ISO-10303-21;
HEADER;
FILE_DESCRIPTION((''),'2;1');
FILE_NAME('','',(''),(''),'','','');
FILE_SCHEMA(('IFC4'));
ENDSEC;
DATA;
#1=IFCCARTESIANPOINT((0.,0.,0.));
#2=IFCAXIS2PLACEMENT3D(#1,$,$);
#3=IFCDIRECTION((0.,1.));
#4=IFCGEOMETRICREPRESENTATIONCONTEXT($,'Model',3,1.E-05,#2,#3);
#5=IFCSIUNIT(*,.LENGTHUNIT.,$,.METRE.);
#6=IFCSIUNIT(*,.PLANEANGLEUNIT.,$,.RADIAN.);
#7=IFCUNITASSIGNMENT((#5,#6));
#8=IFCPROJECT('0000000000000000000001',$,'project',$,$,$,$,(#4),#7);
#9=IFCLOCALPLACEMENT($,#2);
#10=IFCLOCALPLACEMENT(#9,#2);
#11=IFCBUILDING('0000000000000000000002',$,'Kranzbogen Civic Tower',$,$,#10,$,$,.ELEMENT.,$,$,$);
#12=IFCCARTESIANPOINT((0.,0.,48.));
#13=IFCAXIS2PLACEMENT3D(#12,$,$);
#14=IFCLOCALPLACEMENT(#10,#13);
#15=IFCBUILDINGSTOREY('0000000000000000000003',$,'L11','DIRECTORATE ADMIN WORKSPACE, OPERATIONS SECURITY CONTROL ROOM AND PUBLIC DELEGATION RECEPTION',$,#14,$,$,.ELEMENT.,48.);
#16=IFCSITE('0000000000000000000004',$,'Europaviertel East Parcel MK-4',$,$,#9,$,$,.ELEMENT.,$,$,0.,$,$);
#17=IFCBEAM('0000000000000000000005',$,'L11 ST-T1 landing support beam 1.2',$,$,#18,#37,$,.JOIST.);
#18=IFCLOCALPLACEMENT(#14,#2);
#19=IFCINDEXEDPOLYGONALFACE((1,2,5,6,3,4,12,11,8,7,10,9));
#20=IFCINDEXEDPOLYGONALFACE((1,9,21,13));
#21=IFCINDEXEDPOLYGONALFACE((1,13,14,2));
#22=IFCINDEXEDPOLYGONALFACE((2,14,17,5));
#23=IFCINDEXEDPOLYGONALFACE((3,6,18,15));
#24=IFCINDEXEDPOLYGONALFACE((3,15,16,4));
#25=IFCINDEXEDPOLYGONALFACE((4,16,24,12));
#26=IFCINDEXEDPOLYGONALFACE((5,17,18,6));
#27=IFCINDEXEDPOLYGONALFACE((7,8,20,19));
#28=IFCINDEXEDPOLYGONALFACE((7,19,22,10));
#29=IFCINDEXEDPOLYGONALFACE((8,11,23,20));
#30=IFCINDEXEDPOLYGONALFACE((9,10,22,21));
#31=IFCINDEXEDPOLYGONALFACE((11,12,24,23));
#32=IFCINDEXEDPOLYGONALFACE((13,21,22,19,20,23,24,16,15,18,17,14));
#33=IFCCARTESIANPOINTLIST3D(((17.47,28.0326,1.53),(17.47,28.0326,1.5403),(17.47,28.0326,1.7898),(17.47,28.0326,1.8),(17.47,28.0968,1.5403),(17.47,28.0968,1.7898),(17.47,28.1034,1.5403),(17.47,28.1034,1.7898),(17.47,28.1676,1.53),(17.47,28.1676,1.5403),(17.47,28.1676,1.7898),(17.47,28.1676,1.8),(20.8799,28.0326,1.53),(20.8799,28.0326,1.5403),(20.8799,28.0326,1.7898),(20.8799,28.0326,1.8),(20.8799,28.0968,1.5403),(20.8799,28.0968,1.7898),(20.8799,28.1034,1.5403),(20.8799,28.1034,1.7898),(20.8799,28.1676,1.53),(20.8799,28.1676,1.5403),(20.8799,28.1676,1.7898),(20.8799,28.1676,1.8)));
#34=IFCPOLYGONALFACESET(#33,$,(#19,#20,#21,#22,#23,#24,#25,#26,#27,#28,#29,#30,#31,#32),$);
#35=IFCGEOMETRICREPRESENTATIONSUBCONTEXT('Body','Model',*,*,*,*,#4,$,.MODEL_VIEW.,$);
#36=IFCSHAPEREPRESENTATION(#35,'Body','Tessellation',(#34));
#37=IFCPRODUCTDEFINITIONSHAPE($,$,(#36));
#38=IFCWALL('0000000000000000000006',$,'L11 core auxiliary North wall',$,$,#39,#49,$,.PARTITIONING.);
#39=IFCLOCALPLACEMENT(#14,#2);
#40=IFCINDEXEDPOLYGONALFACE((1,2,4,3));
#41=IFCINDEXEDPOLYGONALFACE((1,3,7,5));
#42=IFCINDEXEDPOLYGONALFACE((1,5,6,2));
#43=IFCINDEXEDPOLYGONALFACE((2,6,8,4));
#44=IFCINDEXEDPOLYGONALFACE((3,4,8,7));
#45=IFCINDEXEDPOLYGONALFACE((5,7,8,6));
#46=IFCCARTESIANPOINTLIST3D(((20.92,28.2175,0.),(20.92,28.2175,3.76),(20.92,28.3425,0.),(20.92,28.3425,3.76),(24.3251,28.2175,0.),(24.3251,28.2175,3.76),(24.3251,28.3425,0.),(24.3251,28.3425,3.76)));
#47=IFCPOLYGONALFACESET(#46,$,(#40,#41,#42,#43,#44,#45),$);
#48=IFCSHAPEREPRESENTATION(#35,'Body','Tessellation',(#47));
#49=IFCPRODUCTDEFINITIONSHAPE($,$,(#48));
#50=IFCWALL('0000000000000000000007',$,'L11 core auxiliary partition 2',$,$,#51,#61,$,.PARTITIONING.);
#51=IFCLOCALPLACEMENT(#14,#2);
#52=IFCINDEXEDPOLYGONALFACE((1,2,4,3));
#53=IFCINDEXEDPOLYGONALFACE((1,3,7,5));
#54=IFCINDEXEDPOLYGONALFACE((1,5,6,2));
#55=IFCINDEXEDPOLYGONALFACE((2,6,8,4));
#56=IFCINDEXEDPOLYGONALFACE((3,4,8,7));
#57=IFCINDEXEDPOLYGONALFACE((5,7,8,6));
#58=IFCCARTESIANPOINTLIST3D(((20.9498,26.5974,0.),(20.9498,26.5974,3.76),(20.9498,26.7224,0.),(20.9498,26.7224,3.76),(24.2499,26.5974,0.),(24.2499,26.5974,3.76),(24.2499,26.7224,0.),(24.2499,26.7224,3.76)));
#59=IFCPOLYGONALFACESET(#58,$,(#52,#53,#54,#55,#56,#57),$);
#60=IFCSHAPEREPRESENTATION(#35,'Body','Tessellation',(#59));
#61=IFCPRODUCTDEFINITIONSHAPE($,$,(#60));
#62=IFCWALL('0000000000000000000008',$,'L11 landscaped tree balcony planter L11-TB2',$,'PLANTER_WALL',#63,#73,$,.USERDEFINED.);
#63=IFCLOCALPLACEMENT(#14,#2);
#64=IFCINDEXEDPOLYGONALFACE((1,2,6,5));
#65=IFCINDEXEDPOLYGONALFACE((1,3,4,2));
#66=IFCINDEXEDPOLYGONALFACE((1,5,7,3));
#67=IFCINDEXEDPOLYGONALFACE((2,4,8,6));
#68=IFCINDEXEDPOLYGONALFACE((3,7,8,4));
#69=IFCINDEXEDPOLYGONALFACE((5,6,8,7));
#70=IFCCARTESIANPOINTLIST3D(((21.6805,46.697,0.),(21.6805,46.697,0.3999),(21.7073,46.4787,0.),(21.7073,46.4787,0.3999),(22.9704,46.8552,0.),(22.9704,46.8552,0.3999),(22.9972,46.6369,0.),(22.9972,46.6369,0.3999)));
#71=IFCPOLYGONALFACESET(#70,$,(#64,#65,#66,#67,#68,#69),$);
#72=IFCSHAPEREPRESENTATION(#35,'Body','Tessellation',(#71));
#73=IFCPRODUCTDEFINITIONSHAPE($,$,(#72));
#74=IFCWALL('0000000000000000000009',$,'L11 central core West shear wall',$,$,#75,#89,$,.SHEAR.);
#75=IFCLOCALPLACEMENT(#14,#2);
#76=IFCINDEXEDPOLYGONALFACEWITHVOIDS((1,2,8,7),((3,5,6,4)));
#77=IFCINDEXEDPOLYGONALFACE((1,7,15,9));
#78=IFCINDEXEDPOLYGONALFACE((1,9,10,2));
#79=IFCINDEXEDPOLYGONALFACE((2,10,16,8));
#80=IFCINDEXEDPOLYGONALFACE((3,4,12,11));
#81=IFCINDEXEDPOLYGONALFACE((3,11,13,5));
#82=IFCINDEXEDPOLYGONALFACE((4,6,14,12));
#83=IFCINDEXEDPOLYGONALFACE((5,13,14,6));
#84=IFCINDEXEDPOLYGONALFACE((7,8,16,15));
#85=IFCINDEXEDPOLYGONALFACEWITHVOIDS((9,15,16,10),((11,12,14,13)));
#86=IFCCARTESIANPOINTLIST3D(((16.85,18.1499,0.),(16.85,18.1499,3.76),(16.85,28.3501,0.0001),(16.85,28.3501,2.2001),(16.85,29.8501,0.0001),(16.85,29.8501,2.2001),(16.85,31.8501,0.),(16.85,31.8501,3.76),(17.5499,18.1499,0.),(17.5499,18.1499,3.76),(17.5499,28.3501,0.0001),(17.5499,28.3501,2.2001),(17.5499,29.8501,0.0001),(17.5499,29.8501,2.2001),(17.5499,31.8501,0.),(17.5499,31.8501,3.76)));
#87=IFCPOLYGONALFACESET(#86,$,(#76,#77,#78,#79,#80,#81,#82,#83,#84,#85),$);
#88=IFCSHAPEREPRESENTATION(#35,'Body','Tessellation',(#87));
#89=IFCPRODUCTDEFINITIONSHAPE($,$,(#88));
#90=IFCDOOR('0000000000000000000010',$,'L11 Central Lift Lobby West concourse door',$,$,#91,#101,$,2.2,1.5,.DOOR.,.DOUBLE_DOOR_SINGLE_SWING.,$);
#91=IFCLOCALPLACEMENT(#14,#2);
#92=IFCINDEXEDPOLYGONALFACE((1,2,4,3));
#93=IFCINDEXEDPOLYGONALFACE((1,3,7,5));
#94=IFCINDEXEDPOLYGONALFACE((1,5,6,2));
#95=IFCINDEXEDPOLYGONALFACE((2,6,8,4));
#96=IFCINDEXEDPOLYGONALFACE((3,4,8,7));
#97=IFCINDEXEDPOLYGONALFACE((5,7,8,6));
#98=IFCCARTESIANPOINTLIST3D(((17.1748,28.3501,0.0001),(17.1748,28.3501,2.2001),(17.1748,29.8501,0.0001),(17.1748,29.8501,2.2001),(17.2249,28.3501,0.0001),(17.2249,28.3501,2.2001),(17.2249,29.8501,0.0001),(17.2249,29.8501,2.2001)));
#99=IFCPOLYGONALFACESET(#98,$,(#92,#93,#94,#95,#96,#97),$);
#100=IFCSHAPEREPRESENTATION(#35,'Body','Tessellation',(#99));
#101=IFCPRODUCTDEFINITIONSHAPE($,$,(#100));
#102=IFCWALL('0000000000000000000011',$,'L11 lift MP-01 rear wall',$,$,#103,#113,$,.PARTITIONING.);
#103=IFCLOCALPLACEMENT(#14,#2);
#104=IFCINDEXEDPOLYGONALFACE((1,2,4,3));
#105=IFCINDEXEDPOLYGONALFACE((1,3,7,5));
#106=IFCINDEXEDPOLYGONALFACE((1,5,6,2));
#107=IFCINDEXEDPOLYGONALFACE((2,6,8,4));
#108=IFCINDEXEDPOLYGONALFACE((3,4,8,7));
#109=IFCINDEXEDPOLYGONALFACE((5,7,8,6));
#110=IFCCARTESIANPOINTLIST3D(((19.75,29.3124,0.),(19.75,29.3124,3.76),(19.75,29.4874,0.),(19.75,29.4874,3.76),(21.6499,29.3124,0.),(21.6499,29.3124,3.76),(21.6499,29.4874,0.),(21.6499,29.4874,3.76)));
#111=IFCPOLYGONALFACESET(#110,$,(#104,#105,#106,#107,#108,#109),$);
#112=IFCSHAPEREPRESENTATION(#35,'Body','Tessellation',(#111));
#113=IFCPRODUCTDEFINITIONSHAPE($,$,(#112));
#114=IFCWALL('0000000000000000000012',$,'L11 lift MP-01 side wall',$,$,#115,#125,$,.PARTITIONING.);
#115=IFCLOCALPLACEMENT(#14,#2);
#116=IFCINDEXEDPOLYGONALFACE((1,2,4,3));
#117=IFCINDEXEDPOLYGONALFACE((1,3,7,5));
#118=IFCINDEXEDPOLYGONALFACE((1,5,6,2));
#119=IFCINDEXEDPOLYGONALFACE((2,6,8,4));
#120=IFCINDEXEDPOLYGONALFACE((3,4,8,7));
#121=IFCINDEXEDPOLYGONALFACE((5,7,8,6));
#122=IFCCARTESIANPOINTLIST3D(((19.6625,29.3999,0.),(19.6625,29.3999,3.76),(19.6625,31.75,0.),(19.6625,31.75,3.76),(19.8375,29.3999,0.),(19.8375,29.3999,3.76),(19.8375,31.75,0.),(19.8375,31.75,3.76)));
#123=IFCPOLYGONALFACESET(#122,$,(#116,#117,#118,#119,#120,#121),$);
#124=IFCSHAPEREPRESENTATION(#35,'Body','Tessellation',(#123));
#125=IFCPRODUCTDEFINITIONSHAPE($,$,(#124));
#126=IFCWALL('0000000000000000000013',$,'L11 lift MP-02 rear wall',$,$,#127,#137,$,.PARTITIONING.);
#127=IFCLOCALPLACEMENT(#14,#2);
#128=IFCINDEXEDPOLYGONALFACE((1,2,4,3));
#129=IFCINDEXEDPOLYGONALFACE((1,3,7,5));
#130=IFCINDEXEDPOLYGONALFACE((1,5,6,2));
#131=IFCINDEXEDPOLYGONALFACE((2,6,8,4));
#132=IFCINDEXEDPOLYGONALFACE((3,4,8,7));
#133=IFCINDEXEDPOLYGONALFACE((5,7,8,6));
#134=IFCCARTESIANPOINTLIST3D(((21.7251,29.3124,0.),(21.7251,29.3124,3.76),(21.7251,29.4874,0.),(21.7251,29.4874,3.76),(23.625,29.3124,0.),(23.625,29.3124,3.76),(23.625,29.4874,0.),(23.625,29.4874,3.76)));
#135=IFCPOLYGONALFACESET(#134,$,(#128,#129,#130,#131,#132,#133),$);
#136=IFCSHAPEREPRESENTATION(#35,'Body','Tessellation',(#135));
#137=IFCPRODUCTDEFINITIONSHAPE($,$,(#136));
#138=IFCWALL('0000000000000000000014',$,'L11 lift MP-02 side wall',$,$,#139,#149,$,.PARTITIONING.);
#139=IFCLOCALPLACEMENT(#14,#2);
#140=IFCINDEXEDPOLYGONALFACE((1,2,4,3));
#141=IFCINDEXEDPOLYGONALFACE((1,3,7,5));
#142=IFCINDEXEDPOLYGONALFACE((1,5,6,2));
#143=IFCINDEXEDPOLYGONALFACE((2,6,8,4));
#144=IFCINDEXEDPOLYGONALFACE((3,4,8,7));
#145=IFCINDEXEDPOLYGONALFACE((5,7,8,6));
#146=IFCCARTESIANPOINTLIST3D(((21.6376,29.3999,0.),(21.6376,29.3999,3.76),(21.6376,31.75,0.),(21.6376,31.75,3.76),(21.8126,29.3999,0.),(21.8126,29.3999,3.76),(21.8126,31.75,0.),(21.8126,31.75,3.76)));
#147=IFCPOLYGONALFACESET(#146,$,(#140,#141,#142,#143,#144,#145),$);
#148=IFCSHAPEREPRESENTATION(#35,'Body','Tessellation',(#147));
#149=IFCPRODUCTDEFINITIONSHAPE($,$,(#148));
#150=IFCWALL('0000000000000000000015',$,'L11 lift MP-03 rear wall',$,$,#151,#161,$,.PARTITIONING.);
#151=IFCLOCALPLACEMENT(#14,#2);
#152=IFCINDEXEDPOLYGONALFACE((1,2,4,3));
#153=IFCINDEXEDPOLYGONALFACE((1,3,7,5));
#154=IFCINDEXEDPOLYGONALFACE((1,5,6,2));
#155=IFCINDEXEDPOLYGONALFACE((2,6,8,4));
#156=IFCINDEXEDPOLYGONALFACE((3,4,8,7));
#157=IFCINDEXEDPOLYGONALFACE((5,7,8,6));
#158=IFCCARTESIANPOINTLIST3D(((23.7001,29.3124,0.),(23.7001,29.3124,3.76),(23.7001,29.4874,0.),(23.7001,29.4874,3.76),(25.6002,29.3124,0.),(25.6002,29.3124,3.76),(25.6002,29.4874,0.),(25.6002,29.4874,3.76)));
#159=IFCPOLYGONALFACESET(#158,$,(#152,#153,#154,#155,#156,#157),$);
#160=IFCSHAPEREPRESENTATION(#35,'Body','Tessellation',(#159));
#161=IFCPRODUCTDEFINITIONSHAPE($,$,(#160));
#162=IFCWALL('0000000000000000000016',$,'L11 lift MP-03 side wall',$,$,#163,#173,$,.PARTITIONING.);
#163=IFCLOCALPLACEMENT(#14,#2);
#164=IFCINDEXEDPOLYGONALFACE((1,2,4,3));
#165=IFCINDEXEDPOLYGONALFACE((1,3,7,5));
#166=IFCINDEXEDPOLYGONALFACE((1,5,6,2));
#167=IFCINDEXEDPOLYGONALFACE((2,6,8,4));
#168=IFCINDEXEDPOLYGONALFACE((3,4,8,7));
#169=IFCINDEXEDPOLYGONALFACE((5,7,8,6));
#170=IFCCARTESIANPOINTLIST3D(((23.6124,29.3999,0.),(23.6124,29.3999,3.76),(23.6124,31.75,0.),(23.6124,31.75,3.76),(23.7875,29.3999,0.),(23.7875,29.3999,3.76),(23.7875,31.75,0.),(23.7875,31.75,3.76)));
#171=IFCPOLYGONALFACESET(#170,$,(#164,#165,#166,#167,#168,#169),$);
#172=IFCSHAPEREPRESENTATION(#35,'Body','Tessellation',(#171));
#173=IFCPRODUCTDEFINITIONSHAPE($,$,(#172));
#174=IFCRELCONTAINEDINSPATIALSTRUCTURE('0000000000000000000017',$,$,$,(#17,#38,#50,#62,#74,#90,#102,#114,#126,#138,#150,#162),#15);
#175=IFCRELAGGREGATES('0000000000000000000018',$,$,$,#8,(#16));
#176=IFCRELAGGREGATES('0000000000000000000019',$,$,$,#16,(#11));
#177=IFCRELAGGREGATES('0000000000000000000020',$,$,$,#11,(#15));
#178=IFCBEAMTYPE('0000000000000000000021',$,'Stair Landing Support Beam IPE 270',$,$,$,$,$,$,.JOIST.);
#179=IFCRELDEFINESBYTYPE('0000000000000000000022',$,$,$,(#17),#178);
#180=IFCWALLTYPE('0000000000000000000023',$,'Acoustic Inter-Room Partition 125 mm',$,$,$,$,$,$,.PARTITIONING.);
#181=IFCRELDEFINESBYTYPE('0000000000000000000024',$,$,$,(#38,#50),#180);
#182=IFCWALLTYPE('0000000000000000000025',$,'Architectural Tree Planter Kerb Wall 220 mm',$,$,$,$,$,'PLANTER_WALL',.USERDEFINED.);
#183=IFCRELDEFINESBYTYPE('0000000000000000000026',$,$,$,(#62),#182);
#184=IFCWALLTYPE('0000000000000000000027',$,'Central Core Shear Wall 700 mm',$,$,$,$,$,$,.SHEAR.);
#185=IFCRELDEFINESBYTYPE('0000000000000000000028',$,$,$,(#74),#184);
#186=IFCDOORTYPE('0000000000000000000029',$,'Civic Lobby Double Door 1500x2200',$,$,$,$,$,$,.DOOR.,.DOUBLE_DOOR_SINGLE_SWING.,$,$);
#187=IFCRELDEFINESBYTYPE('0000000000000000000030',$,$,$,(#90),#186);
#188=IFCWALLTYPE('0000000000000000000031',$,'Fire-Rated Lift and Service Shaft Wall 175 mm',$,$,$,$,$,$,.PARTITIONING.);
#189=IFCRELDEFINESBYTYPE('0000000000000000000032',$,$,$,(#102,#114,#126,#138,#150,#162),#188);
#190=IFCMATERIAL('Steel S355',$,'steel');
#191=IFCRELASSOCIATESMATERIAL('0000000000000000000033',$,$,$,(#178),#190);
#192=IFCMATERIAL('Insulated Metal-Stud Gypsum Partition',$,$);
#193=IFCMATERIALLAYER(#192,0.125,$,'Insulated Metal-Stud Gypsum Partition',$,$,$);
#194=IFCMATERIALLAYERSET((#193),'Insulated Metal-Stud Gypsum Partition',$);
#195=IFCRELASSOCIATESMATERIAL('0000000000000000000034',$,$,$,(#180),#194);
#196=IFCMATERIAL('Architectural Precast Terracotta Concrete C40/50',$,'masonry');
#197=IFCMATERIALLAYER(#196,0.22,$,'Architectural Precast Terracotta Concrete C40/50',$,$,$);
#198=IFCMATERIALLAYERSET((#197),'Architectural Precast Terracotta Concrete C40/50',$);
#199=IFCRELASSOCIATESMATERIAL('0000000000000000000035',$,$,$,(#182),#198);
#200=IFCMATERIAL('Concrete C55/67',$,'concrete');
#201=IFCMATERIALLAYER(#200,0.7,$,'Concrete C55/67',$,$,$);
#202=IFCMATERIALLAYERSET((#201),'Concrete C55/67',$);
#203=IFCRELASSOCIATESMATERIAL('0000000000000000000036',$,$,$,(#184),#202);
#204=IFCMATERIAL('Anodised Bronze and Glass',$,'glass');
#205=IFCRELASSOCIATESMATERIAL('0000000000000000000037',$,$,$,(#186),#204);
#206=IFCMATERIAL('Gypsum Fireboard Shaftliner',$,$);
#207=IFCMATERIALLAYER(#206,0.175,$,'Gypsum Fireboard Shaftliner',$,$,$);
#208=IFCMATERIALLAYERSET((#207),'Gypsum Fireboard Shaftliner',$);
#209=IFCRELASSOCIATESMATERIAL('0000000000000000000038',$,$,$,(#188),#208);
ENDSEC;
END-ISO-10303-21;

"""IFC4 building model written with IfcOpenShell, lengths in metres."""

from ifc_helpers import new_model, si_unit, direction, frame, frame_2d, origin, origin_2d, place, context, subcontext, project, spatial, rectangle, i_section, extrude, material, layer, layer_set, material_profile, profile_set, type_object, element, fill, save


model = new_model("IFC4")

# Units and contexts
model_context = context("Model", 3, precision=1e-05, world=origin(), true_north=direction((0.0, 1.0)))
body_context = subcontext(model_context, "Body", "Model", "MODEL_VIEW")
ifc_project = project(units=[si_unit("LENGTHUNIT", "METRE"), si_unit("PLANEANGLEUNIT", "RADIAN")], contexts=[model_context])

# Site, building, storey
site_placement = place(None, origin())
site = spatial("IfcSite", under=ifc_project, at=site_placement, Name="Europaviertel East Parcel MK-4", CompositionType="ELEMENT", RefElevation=0.0)
building_placement = place(site_placement, origin())
building = spatial("IfcBuilding", under=site, at=building_placement, Name="Kranzbogen Civic Tower", CompositionType="ELEMENT")
storey_placement = place(building_placement, frame((0.0, 0.0, 48.0)))
storey = spatial("IfcBuildingStorey", under=building, at=storey_placement, Name="L11", Description="DIRECTORATE ADMIN WORKSPACE, OPERATIONS SECURITY CONTROL ROOM AND PUBLIC DELEGATION RECEPTION", CompositionType="ELEMENT", Elevation=48.0)

# Shared definitions
ifc_material_1 = material(Name="Steel S355", Category="steel")

# Beam
ifc_material_profile_1 = material_profile(ifc_material_1, i_section(OverallWidth=0.135, OverallDepth=0.27, WebThickness=0.0066, FlangeThickness=0.0103, at=origin_2d()), Name="IPE 270")
ifc_profile_set_1 = profile_set([ifc_material_profile_1], Name="Steel S355")
beam_type_1 = type_object("IfcBeamType", Name="Stair Landing Support Beam IPE 270", PredefinedType="JOIST", material=ifc_profile_set_1)
for number, where, z_axis, x_axis, name in (
    (1, (20.8799, 28.1001, 1.665), (-1.0, 0.0, 0.0), (0.0, -1.0, 0.0), "L11 ST-T1 landing support beam 1.2"),
):
    element("IfcBeam", number, at=place(storey_placement, frame(where, z_axis=z_axis, x_axis=x_axis)), inside=storey, type_object=beam_type_1, Name=name, PredefinedType="JOIST", context=body_context, shape_type="SweptSolid", body=[
        extrude(i_section(OverallWidth=0.135, OverallDepth=0.27, WebThickness=0.0066, FlangeThickness=0.0103, at=origin_2d()), origin(), (0.0, 0.0, 1.0), 3.4099),
    ])

# Walls
ifc_material_2 = material(Name="Insulated Metal-Stud Gypsum Partition")
ifc_layer_1 = layer(ifc_material_2, 0.125, Name="Insulated Metal-Stud Gypsum Partition")
ifc_layer_set_1 = layer_set([ifc_layer_1], Name="Insulated Metal-Stud Gypsum Partition")
wall_type_1 = type_object("IfcWallType", Name="Acoustic Inter-Room Partition 125 mm", PredefinedType="PARTITIONING", material=ifc_layer_set_1)
wall_1_placement = place(storey_placement, frame((20.9199, 28.28, 0.0), z_axis=(0.0, 0.0, 1.0), x_axis=(1.0, 0.0, 0.0)))
element("IfcWall", 2, at=wall_1_placement, inside=storey, type_object=wall_type_1, Name="L11 core auxiliary North wall", PredefinedType="PARTITIONING", context=body_context, shape_type="SweptSolid", body=[
    extrude(rectangle(XDim=3.405, YDim=0.125, at=frame_2d((1.7026, 0.0))), origin(), (0.0, 0.0, 1.0), 3.76),
])
wall_2_placement = place(storey_placement, frame((20.95, 26.6599, 0.0), z_axis=(0.0, 0.0, 1.0), x_axis=(1.0, 0.0, 0.0)))
element("IfcWall", 3, at=wall_2_placement, inside=storey, type_object=wall_type_1, Name="L11 core auxiliary partition 2", PredefinedType="PARTITIONING", context=body_context, shape_type="SweptSolid", body=[
    extrude(rectangle(XDim=3.3, YDim=0.125, at=frame_2d((1.6499, 0.0))), origin(), (0.0, 0.0, 1.0), 3.76),
])
ifc_material_3 = material(Name="Architectural Precast Terracotta Concrete C40/50", Category="masonry")
ifc_layer_2 = layer(ifc_material_3, 0.22, Name="Architectural Precast Terracotta Concrete C40/50")
ifc_layer_set_2 = layer_set([ifc_layer_2], Name="Architectural Precast Terracotta Concrete C40/50")
wall_type_2 = type_object("IfcWallType", Name="Architectural Tree Planter Kerb Wall 220 mm", ElementType="PLANTER_WALL", PredefinedType="USERDEFINED", material=ifc_layer_set_2)
wall_3_placement = place(storey_placement, frame((22.9839, 46.7461, 0.0), z_axis=(0.0, 0.0, 1.0), x_axis=(-0.992561, -0.121745, 0.0)))
element("IfcWall", 4, at=wall_3_placement, inside=storey, type_object=wall_type_2, Name="L11 landscaped tree balcony planter L11-TB2", ObjectType="PLANTER_WALL", PredefinedType="USERDEFINED", context=body_context, shape_type="SweptSolid", body=[
    extrude(rectangle(XDim=1.2996, YDim=0.22, at=frame_2d((0.6499, 0.0))), origin(), (0.0, 0.0, 1.0), 0.3999),
])

# Wall, opening, door
ifc_material_4 = material(Name="Concrete C55/67", Category="concrete")
ifc_layer_3 = layer(ifc_material_4, 0.7, Name="Concrete C55/67")
ifc_layer_set_3 = layer_set([ifc_layer_3], Name="Concrete C55/67")
wall_type_3 = type_object("IfcWallType", Name="Central Core Shear Wall 700 mm", PredefinedType="SHEAR", material=ifc_layer_set_3)
wall_4_placement = place(storey_placement, frame((17.2, 31.8501, 0.0), z_axis=(0.0, 0.0, 1.0), x_axis=(0.0, -1.0, 0.0)))
wall_4 = element("IfcWall", 5, at=wall_4_placement, inside=storey, type_object=wall_type_3, Name="L11 central core West shear wall", PredefinedType="SHEAR", context=body_context, shape_type="SweptSolid", body=[
    extrude(rectangle(XDim=13.7002, YDim=0.7, at=frame_2d((6.8501, 0.0))), origin(), (0.0, 0.0, 1.0), 3.76),
])
opening_1_placement = place(wall_4_placement, frame((2.0, 0.0, 0.0)))
opening_1 = element("IfcOpeningElement", 6, at=opening_1_placement, cuts=wall_4, PredefinedType="OPENING", context=body_context, shape_type="SweptSolid", body=[
    extrude(rectangle(XDim=1.5, YDim=2.2, at=frame_2d((0.75, 1.1001))), frame((0.0, 0.3599, 0.0), z_axis=(0.0, -1.0, 0.0), x_axis=(1.0, 0.0, 0.0)), (0.0, 0.0, 1.0), 0.72),
])
ifc_material_5 = material(Name="Anodised Bronze and Glass", Category="glass")
door_type_1 = type_object("IfcDoorType", Name="Civic Lobby Double Door 1500x2200", OperationType="DOUBLE_DOOR_SINGLE_SWING", PredefinedType="DOOR", material=ifc_material_5)
door_1_placement = place(opening_1_placement, origin())
door_1 = element("IfcDoor", 7, at=door_1_placement, inside=storey, type_object=door_type_1, Name="L11 Central Lift Lobby West concourse door", OperationType="DOUBLE_DOOR_SINGLE_SWING", OverallHeight=2.2, OverallWidth=1.5, PredefinedType="DOOR", context=body_context, shape_type="SweptSolid", body=[
    extrude(rectangle(XDim=1.5, YDim=2.2, at=frame_2d((0.75, 1.1001))), frame((0.0, 0.0249, 0.0), z_axis=(0.0, -1.0, 0.0), x_axis=(1.0, 0.0, 0.0)), (0.0, 0.0, 1.0), 0.05),
])
fill(opening_1, door_1)

# Walls
ifc_material_6 = material(Name="Gypsum Fireboard Shaftliner")
ifc_layer_4 = layer(ifc_material_6, 0.175, Name="Gypsum Fireboard Shaftliner")
ifc_layer_set_4 = layer_set([ifc_layer_4], Name="Gypsum Fireboard Shaftliner")
wall_type_4 = type_object("IfcWallType", Name="Fire-Rated Lift and Service Shaft Wall 175 mm", PredefinedType="PARTITIONING", material=ifc_layer_set_4)
wall_5_placement = place(storey_placement, frame((19.75, 29.3999, 0.0), z_axis=(0.0, 0.0, 1.0), x_axis=(1.0, 0.0, 0.0)))
element("IfcWall", 8, at=wall_5_placement, inside=storey, type_object=wall_type_4, Name="L11 lift MP-01 rear wall", PredefinedType="PARTITIONING", context=body_context, shape_type="SweptSolid", body=[
    extrude(rectangle(XDim=1.8999, YDim=0.175, at=frame_2d((0.95, 0.0))), origin(), (0.0, 0.0, 1.0), 3.76),
])
wall_6_placement = place(storey_placement, frame((19.75, 29.3999, 0.0), z_axis=(0.0, 0.0, 1.0), x_axis=(0.0, 1.0, 0.0)))
element("IfcWall", 9, at=wall_6_placement, inside=storey, type_object=wall_type_4, Name="L11 lift MP-01 side wall", PredefinedType="PARTITIONING", context=body_context, shape_type="SweptSolid", body=[
    extrude(rectangle(XDim=2.3501, YDim=0.175, at=frame_2d((1.175, 0.0))), origin(), (0.0, 0.0, 1.0), 3.76),
])
wall_7_placement = place(storey_placement, frame((21.7251, 29.3999, 0.0), z_axis=(0.0, 0.0, 1.0), x_axis=(1.0, 0.0, 0.0)))
element("IfcWall", 10, at=wall_7_placement, inside=storey, type_object=wall_type_4, Name="L11 lift MP-02 rear wall", PredefinedType="PARTITIONING", context=body_context, shape_type="SweptSolid", body=[
    extrude(rectangle(XDim=1.8999, YDim=0.175, at=frame_2d((0.95, 0.0))), origin(), (0.0, 0.0, 1.0), 3.76),
])
wall_8_placement = place(storey_placement, frame((21.7251, 29.3999, 0.0), z_axis=(0.0, 0.0, 1.0), x_axis=(0.0, 1.0, 0.0)))
element("IfcWall", 11, at=wall_8_placement, inside=storey, type_object=wall_type_4, Name="L11 lift MP-02 side wall", PredefinedType="PARTITIONING", context=body_context, shape_type="SweptSolid", body=[
    extrude(rectangle(XDim=2.3501, YDim=0.175, at=frame_2d((1.175, 0.0))), origin(), (0.0, 0.0, 1.0), 3.76),
])
wall_9_placement = place(storey_placement, frame((23.7, 29.3999, 0.0), z_axis=(0.0, 0.0, 1.0), x_axis=(1.0, 0.0, 0.0)))
element("IfcWall", 12, at=wall_9_placement, inside=storey, type_object=wall_type_4, Name="L11 lift MP-03 rear wall", PredefinedType="PARTITIONING", context=body_context, shape_type="SweptSolid", body=[
    extrude(rectangle(XDim=1.9001, YDim=0.175, at=frame_2d((0.9502, 0.0))), origin(), (0.0, 0.0, 1.0), 3.76),
])
wall_10_placement = place(storey_placement, frame((23.7, 29.3999, 0.0), z_axis=(0.0, 0.0, 1.0), x_axis=(0.0, 1.0, 0.0)))
element("IfcWall", 13, at=wall_10_placement, inside=storey, type_object=wall_type_4, Name="L11 lift MP-03 side wall", PredefinedType="PARTITIONING", context=body_context, shape_type="SweptSolid", body=[
    extrude(rectangle(XDim=2.3501, YDim=0.175, at=frame_2d((1.175, 0.0))), origin(), (0.0, 0.0, 1.0), 3.76),
])

save(model, "model.ifc")
